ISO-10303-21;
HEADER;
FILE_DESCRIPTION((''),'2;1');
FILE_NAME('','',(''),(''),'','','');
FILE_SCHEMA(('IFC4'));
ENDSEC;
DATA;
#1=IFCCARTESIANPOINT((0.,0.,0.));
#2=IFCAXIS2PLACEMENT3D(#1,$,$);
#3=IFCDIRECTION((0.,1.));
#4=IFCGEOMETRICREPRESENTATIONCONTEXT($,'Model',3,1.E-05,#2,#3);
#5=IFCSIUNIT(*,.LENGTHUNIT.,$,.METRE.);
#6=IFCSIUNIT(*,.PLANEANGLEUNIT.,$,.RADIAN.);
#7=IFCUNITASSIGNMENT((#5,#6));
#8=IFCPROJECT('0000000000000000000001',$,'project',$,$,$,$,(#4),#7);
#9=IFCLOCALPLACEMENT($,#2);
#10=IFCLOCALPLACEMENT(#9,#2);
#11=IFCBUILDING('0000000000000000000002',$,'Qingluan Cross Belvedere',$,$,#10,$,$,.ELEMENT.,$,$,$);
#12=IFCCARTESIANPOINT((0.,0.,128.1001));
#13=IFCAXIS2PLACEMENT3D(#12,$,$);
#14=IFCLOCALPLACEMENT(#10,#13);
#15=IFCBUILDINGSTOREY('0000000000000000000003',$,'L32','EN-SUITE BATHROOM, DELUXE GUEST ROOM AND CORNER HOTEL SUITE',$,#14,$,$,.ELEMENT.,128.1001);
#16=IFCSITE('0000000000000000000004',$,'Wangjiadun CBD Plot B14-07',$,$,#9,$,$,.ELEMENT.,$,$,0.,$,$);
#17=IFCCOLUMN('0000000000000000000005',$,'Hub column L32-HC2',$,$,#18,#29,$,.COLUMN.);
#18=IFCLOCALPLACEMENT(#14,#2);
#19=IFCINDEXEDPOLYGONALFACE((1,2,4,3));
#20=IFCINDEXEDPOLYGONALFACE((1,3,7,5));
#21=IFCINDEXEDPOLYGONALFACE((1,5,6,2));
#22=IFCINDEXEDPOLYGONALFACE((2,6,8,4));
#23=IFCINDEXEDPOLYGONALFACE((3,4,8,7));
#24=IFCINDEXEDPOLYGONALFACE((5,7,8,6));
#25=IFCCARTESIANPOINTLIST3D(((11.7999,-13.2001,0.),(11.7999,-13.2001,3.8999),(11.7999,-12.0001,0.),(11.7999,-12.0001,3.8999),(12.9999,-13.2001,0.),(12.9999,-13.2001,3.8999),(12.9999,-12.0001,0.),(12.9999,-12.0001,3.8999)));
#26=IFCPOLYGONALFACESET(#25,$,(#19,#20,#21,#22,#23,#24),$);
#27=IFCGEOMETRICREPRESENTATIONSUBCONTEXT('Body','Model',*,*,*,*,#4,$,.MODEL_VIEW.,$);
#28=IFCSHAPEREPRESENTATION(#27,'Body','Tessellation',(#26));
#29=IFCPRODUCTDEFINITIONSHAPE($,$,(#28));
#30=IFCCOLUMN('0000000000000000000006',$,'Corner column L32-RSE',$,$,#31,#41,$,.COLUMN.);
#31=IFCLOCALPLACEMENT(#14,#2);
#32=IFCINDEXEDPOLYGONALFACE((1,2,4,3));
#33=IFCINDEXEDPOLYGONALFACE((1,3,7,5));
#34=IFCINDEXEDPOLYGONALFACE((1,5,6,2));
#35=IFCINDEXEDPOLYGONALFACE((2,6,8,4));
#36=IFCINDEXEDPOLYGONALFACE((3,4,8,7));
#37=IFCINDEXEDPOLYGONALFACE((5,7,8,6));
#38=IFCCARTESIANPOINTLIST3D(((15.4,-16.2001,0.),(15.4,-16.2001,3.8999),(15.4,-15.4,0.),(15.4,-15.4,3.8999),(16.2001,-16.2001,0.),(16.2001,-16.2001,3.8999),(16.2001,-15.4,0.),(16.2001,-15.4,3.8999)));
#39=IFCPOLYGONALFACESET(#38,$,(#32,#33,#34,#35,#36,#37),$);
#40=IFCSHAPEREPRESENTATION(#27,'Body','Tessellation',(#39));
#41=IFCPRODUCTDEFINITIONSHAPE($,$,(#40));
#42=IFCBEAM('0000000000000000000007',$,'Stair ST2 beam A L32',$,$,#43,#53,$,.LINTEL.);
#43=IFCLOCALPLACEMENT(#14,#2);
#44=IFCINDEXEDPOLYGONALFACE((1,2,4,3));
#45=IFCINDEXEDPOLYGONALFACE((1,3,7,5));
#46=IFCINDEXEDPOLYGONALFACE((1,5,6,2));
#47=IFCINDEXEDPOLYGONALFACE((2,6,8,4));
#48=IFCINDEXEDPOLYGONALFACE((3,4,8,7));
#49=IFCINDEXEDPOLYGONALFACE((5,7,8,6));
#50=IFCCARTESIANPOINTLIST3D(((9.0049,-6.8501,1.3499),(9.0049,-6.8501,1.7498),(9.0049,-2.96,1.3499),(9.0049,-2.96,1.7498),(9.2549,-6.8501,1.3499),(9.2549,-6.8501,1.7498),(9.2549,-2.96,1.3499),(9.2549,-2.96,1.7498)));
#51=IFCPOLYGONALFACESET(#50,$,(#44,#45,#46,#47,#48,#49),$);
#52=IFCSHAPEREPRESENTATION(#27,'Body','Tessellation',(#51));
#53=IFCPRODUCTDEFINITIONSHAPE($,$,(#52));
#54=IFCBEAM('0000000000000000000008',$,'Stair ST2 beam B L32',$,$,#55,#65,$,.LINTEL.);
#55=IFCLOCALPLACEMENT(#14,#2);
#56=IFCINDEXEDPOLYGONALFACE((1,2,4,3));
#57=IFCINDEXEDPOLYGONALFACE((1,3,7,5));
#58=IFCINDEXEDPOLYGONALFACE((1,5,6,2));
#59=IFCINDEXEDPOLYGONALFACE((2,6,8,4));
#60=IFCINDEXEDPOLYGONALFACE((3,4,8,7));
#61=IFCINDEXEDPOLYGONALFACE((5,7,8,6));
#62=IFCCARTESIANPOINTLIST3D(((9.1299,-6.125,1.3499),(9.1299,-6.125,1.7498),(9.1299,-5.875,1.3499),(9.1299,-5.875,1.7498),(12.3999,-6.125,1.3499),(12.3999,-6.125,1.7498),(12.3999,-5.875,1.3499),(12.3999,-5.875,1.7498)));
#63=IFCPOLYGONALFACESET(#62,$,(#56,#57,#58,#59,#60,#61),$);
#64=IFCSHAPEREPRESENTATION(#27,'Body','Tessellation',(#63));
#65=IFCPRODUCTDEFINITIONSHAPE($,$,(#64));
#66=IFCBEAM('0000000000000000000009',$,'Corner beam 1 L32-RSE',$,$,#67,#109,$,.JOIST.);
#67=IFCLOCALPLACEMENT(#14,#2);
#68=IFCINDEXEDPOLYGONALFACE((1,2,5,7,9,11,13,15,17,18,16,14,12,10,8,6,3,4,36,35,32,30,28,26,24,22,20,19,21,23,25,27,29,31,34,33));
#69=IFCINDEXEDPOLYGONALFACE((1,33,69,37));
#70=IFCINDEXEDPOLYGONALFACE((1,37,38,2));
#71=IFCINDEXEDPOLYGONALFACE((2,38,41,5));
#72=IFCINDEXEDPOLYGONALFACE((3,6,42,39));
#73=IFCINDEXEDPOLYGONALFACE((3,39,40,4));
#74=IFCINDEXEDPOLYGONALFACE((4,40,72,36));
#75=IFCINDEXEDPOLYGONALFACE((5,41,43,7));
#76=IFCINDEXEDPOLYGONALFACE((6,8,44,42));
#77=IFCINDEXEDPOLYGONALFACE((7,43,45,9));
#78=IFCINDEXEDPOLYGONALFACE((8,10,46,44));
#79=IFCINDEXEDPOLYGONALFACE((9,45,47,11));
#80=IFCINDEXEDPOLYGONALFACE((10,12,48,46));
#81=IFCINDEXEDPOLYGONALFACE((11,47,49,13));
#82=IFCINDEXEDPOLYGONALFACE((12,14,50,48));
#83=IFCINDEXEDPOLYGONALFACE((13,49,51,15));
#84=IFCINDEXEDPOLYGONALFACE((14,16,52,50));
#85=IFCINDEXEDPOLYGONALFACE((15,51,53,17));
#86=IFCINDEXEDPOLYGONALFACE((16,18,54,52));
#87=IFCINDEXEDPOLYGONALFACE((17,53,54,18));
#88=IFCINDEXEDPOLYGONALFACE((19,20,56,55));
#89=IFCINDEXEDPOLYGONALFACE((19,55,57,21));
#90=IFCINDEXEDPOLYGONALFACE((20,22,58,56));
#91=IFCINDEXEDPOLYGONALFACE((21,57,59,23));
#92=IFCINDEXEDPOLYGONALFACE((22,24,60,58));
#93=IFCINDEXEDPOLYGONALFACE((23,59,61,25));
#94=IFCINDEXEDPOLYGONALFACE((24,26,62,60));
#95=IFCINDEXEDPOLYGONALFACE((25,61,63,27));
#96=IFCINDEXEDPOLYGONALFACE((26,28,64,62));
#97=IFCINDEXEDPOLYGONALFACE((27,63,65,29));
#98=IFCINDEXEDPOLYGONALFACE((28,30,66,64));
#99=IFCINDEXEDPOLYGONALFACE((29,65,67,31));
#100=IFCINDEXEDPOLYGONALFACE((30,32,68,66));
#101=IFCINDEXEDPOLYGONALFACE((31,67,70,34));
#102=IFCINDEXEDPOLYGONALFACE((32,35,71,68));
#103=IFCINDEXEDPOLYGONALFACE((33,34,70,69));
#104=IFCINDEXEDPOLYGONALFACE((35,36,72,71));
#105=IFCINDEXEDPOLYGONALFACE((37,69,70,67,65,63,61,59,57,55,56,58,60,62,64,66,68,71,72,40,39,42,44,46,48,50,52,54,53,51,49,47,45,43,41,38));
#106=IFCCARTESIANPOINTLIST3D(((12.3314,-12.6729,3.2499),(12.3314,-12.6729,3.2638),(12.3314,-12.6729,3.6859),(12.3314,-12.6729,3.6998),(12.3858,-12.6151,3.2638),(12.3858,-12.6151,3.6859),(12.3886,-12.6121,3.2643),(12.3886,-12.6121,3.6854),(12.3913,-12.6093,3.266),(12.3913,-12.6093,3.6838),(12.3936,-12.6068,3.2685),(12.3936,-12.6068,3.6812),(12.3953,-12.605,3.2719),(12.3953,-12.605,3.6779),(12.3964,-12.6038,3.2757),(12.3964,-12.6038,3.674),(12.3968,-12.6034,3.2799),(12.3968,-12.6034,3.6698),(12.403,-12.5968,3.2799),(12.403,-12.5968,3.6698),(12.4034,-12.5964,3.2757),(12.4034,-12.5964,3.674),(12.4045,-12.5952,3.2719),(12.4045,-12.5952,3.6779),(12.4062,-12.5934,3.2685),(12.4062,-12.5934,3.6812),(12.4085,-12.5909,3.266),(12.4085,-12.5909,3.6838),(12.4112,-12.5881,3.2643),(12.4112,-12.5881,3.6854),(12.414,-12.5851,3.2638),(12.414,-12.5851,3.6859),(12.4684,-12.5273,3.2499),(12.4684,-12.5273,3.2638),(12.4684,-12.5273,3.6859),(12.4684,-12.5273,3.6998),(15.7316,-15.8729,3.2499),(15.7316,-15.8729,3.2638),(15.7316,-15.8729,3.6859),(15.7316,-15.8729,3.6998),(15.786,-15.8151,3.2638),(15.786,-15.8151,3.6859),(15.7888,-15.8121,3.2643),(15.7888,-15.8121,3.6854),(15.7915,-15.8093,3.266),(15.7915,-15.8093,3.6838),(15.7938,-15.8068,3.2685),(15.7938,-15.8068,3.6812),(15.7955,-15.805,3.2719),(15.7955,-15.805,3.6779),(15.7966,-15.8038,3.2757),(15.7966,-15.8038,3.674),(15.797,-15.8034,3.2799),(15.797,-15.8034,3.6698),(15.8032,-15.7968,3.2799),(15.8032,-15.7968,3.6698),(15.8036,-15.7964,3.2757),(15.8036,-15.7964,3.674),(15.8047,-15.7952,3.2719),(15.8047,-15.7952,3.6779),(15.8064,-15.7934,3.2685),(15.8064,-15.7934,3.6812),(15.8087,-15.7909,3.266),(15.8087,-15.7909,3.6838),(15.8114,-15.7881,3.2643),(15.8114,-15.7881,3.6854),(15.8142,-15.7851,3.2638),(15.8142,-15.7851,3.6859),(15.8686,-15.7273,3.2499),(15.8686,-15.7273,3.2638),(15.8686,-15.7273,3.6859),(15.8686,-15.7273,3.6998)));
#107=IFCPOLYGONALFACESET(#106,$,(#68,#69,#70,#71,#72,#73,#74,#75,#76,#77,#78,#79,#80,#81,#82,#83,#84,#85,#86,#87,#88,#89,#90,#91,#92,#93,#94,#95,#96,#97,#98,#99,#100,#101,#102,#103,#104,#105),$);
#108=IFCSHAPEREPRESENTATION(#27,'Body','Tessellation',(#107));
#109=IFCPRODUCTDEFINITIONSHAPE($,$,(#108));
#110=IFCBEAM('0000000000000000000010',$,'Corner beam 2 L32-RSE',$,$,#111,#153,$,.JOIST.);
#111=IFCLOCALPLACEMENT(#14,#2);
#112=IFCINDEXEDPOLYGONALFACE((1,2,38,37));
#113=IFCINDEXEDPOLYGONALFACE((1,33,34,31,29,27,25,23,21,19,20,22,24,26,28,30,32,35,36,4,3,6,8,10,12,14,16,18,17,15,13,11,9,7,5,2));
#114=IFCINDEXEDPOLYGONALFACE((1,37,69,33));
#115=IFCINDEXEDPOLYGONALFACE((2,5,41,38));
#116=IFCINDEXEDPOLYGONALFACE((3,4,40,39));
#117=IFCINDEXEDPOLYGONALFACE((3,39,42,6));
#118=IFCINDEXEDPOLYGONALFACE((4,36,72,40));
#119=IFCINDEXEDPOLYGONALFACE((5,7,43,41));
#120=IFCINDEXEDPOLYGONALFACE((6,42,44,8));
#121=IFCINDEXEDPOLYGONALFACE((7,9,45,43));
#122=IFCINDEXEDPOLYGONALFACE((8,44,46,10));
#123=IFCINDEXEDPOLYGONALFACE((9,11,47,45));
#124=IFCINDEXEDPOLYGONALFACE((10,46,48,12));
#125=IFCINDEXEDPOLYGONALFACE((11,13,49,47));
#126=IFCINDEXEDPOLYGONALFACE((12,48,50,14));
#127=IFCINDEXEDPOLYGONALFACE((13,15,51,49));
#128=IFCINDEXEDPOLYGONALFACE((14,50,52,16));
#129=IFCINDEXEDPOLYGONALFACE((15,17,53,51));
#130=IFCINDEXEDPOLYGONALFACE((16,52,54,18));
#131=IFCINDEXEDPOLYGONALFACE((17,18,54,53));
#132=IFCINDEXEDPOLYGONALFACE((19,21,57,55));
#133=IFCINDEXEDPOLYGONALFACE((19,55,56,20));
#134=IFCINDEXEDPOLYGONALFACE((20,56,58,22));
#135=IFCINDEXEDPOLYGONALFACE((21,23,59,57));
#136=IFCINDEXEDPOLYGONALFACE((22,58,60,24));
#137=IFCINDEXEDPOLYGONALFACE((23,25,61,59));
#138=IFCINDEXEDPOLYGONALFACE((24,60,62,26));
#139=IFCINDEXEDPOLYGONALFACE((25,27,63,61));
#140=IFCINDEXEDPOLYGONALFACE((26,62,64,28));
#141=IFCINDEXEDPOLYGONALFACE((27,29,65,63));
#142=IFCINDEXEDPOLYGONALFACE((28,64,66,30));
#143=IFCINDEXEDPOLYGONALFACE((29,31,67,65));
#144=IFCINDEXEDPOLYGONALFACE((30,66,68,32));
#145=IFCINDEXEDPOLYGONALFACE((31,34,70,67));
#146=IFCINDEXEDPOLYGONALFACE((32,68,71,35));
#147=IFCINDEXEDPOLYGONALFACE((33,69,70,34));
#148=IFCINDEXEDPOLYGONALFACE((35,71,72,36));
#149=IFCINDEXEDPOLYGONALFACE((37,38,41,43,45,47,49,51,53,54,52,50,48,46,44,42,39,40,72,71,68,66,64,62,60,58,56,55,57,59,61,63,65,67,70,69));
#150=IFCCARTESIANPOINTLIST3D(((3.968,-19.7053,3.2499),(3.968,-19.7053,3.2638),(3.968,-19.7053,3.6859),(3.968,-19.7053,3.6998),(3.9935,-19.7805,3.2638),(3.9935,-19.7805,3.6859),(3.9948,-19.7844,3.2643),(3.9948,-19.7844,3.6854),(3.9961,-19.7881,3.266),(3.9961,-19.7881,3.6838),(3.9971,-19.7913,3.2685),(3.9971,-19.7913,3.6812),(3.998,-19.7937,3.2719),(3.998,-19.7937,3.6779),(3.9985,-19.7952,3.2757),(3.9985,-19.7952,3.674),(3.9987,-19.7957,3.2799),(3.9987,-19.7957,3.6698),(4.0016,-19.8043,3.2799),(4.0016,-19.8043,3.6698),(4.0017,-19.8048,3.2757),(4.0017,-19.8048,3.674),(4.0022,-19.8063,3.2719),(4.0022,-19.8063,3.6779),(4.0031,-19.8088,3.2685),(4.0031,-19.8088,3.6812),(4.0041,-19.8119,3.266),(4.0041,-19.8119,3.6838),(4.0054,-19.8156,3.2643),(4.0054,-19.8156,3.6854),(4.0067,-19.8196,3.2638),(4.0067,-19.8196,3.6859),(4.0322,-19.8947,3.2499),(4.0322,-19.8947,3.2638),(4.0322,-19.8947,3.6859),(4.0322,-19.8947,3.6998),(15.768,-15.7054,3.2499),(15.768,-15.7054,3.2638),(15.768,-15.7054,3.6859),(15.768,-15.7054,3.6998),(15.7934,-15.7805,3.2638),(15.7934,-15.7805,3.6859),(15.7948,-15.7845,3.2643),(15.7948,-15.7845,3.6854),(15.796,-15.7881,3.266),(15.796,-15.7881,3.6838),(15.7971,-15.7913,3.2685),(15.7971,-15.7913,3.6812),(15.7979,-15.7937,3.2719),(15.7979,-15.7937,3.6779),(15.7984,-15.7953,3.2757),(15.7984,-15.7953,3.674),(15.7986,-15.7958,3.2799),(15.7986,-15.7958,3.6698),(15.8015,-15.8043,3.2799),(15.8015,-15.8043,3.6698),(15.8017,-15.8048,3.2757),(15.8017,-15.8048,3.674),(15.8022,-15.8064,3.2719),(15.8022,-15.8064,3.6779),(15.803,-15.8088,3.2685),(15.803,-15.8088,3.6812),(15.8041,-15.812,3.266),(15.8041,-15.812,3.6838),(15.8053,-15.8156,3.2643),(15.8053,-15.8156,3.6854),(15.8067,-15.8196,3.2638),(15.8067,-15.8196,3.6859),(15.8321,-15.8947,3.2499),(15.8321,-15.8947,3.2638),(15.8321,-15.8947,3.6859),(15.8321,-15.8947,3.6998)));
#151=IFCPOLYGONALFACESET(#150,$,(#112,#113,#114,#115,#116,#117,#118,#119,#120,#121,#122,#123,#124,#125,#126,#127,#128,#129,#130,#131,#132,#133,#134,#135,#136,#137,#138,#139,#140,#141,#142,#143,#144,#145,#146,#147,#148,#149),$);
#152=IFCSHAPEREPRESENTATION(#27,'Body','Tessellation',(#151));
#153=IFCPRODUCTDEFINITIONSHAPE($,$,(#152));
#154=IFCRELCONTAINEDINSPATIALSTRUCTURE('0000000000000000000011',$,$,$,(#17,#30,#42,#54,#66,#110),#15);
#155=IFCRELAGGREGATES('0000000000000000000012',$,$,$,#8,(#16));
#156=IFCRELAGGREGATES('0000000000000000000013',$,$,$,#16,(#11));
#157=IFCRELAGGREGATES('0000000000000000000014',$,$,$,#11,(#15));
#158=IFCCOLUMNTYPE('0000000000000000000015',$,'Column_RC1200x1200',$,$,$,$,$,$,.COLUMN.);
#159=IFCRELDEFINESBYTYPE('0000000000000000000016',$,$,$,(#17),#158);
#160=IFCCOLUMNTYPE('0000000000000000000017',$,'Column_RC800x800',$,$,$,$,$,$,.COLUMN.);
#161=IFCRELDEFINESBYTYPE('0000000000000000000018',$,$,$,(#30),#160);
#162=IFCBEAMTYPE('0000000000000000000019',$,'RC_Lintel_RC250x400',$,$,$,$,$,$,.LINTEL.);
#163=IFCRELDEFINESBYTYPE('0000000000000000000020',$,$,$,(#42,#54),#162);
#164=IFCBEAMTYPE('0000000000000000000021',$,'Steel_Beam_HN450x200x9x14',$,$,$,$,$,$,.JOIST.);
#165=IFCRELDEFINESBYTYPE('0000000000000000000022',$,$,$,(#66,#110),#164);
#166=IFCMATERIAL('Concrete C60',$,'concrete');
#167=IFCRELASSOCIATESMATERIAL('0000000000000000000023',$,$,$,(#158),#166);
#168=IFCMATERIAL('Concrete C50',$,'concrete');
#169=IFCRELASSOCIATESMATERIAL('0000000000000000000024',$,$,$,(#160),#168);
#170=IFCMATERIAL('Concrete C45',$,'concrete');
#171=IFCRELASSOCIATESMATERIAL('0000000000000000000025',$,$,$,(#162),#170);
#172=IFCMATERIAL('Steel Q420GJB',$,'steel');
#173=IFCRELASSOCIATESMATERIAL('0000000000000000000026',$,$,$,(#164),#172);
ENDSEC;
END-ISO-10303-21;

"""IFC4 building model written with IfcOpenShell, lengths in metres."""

from ifc_helpers import new_model, si_unit, direction, frame, origin, origin_2d, place, context, subcontext, project, spatial, rectangle, i_section, extrude, material, material_profile, profile_set, type_object, element, save


model = new_model("IFC4")

# Units and contexts
model_context = context("Model", 3, precision=1e-05, world=origin(), true_north=direction((0.0, 1.0)))
body_context = subcontext(model_context, "Body", "Model", "MODEL_VIEW")
ifc_project = project(units=[si_unit("LENGTHUNIT", "METRE"), si_unit("PLANEANGLEUNIT", "RADIAN")], contexts=[model_context])

# Site, building, storey
site_placement = place(None, origin())
site = spatial("IfcSite", under=ifc_project, at=site_placement, Name="Wangjiadun CBD Plot B14-07", CompositionType="ELEMENT", RefElevation=0.0)
building_placement = place(site_placement, origin())
building = spatial("IfcBuilding", under=site, at=building_placement, Name="Qingluan Cross Belvedere", CompositionType="ELEMENT")
storey_placement = place(building_placement, frame((0.0, 0.0, 128.1001)))
storey = spatial("IfcBuildingStorey", under=building, at=storey_placement, Name="L32", Description="EN-SUITE BATHROOM, DELUXE GUEST ROOM AND CORNER HOTEL SUITE", CompositionType="ELEMENT", Elevation=128.1001)

# Columns
ifc_material_1 = material(Name="Concrete C60", Category="concrete")
ifc_material_profile_1 = material_profile(ifc_material_1, rectangle(XDim=1.2, YDim=1.2, at=origin_2d()), Name="RC1200x1200")
ifc_profile_set_1 = profile_set([ifc_material_profile_1], Name="Concrete C60")
column_type_1 = type_object("IfcColumnType", Name="Column_RC1200x1200", PredefinedType="COLUMN", material=ifc_profile_set_1)
column_1_placement = place(storey_placement, frame((12.3999, -12.6001, 0.0), z_axis=(0.0, 0.0, 1.0), x_axis=(1.0, 0.0, 0.0)))
element("IfcColumn", 1, at=column_1_placement, inside=storey, type_object=column_type_1, Name="Hub column L32-HC2", PredefinedType="COLUMN", context=body_context, shape_type="SweptSolid", body=[
    extrude(rectangle(XDim=1.2, YDim=1.2, at=origin_2d()), origin(), (0.0, 0.0, 1.0), 3.8999),
])
ifc_material_2 = material(Name="Concrete C50", Category="concrete")
ifc_material_profile_2 = material_profile(ifc_material_2, rectangle(XDim=0.8, YDim=0.8, at=origin_2d()), Name="RC800x800")
ifc_profile_set_2 = profile_set([ifc_material_profile_2], Name="Concrete C50")
column_type_2 = type_object("IfcColumnType", Name="Column_RC800x800", PredefinedType="COLUMN", material=ifc_profile_set_2)
column_2_placement = place(storey_placement, frame((15.8, -15.8, 0.0), z_axis=(0.0, 0.0, 1.0), x_axis=(1.0, 0.0, 0.0)))
element("IfcColumn", 2, at=column_2_placement, inside=storey, type_object=column_type_2, Name="Corner column L32-RSE", PredefinedType="COLUMN", context=body_context, shape_type="SweptSolid", body=[
    extrude(rectangle(XDim=0.8, YDim=0.8, at=origin_2d()), origin(), (0.0, 0.0, 1.0), 3.8999),
])

# Beams
ifc_material_3 = material(Name="Concrete C45", Category="concrete")
ifc_material_profile_3 = material_profile(ifc_material_3, rectangle(XDim=0.25, YDim=0.3999, at=origin_2d()), Name="RC250x400")
ifc_profile_set_3 = profile_set([ifc_material_profile_3], Name="Concrete C45")
beam_type_1 = type_object("IfcBeamType", Name="RC_Lintel_RC250x400", PredefinedType="LINTEL", material=ifc_profile_set_3)
beam_1_placement = place(storey_placement, frame((9.1299, -6.8501, 1.5498), z_axis=(0.0, 1.0, 0.0), x_axis=(-1.0, 0.0, 0.0)))
element("IfcBeam", 3, at=beam_1_placement, inside=storey, type_object=beam_type_1, Name="Stair ST2 beam A L32", PredefinedType="LINTEL", context=body_context, shape_type="SweptSolid", body=[
    extrude(rectangle(XDim=0.25, YDim=0.3999, at=origin_2d()), origin(), (0.0, 0.0, 1.0), 3.8901),
])
beam_2_placement = place(storey_placement, frame((12.3999, -6.0, 1.5498), z_axis=(-1.0, 0.0, 0.0), x_axis=(0.0, -1.0, 0.0)))
element("IfcBeam", 4, at=beam_2_placement, inside=storey, type_object=beam_type_1, Name="Stair ST2 beam B L32", PredefinedType="LINTEL", context=body_context, shape_type="SweptSolid", body=[
    extrude(rectangle(XDim=0.25, YDim=0.3999, at=origin_2d()), origin(), (0.0, 0.0, 1.0), 3.27),
])
ifc_material_4 = material(Name="Steel Q420GJB", Category="steel")
ifc_material_profile_4 = material_profile(ifc_material_4, i_section(OverallWidth=0.2, OverallDepth=0.45, WebThickness=0.009, FlangeThickness=0.0139, FilletRadius=0.0161, at=origin_2d()), Name="HN450x200x9x14")
ifc_profile_set_4 = profile_set([ifc_material_profile_4], Name="Steel Q420GJB")
beam_type_2 = type_object("IfcBeamType", Name="Steel_Beam_HN450x200x9x14", PredefinedType="JOIST", material=ifc_profile_set_4)
beam_3_placement = place(storey_placement, frame((12.3999, -12.6001, 3.4749), z_axis=(0.72822, -0.685343, 0.0), x_axis=(0.685343, 0.72822, 0.0)))
element("IfcBeam", 5, at=beam_3_placement, inside=storey, type_object=beam_type_2, Name="Corner beam 1 L32-RSE", PredefinedType="JOIST", context=body_context, shape_type="SweptSolid", body=[
    extrude(i_section(OverallWidth=0.2, OverallDepth=0.45, WebThickness=0.009, FlangeThickness=0.0139, FilletRadius=0.0161, at=origin_2d()), origin(), (0.0, 0.0, 1.0), 4.6692),
])
for number, where, z_axis, x_axis, name in (
    (6, (15.8, -15.8, 3.4749), (-0.947066, -0.321038, 0.0), (0.321038, -0.947066, 0.0), "Corner beam 2 L32-RSE"),
):
    element("IfcBeam", number, at=place(storey_placement, frame(where, z_axis=z_axis, x_axis=x_axis)), inside=storey, type_object=beam_type_2, Name=name, PredefinedType="JOIST", context=body_context, shape_type="SweptSolid", body=[
        extrude(i_section(OverallWidth=0.2, OverallDepth=0.45, WebThickness=0.009, FlangeThickness=0.0139, FilletRadius=0.0161, at=origin_2d()), origin(), (0.0, 0.0, 1.0), 12.4595),
    ])

save(model, "model.ifc")
